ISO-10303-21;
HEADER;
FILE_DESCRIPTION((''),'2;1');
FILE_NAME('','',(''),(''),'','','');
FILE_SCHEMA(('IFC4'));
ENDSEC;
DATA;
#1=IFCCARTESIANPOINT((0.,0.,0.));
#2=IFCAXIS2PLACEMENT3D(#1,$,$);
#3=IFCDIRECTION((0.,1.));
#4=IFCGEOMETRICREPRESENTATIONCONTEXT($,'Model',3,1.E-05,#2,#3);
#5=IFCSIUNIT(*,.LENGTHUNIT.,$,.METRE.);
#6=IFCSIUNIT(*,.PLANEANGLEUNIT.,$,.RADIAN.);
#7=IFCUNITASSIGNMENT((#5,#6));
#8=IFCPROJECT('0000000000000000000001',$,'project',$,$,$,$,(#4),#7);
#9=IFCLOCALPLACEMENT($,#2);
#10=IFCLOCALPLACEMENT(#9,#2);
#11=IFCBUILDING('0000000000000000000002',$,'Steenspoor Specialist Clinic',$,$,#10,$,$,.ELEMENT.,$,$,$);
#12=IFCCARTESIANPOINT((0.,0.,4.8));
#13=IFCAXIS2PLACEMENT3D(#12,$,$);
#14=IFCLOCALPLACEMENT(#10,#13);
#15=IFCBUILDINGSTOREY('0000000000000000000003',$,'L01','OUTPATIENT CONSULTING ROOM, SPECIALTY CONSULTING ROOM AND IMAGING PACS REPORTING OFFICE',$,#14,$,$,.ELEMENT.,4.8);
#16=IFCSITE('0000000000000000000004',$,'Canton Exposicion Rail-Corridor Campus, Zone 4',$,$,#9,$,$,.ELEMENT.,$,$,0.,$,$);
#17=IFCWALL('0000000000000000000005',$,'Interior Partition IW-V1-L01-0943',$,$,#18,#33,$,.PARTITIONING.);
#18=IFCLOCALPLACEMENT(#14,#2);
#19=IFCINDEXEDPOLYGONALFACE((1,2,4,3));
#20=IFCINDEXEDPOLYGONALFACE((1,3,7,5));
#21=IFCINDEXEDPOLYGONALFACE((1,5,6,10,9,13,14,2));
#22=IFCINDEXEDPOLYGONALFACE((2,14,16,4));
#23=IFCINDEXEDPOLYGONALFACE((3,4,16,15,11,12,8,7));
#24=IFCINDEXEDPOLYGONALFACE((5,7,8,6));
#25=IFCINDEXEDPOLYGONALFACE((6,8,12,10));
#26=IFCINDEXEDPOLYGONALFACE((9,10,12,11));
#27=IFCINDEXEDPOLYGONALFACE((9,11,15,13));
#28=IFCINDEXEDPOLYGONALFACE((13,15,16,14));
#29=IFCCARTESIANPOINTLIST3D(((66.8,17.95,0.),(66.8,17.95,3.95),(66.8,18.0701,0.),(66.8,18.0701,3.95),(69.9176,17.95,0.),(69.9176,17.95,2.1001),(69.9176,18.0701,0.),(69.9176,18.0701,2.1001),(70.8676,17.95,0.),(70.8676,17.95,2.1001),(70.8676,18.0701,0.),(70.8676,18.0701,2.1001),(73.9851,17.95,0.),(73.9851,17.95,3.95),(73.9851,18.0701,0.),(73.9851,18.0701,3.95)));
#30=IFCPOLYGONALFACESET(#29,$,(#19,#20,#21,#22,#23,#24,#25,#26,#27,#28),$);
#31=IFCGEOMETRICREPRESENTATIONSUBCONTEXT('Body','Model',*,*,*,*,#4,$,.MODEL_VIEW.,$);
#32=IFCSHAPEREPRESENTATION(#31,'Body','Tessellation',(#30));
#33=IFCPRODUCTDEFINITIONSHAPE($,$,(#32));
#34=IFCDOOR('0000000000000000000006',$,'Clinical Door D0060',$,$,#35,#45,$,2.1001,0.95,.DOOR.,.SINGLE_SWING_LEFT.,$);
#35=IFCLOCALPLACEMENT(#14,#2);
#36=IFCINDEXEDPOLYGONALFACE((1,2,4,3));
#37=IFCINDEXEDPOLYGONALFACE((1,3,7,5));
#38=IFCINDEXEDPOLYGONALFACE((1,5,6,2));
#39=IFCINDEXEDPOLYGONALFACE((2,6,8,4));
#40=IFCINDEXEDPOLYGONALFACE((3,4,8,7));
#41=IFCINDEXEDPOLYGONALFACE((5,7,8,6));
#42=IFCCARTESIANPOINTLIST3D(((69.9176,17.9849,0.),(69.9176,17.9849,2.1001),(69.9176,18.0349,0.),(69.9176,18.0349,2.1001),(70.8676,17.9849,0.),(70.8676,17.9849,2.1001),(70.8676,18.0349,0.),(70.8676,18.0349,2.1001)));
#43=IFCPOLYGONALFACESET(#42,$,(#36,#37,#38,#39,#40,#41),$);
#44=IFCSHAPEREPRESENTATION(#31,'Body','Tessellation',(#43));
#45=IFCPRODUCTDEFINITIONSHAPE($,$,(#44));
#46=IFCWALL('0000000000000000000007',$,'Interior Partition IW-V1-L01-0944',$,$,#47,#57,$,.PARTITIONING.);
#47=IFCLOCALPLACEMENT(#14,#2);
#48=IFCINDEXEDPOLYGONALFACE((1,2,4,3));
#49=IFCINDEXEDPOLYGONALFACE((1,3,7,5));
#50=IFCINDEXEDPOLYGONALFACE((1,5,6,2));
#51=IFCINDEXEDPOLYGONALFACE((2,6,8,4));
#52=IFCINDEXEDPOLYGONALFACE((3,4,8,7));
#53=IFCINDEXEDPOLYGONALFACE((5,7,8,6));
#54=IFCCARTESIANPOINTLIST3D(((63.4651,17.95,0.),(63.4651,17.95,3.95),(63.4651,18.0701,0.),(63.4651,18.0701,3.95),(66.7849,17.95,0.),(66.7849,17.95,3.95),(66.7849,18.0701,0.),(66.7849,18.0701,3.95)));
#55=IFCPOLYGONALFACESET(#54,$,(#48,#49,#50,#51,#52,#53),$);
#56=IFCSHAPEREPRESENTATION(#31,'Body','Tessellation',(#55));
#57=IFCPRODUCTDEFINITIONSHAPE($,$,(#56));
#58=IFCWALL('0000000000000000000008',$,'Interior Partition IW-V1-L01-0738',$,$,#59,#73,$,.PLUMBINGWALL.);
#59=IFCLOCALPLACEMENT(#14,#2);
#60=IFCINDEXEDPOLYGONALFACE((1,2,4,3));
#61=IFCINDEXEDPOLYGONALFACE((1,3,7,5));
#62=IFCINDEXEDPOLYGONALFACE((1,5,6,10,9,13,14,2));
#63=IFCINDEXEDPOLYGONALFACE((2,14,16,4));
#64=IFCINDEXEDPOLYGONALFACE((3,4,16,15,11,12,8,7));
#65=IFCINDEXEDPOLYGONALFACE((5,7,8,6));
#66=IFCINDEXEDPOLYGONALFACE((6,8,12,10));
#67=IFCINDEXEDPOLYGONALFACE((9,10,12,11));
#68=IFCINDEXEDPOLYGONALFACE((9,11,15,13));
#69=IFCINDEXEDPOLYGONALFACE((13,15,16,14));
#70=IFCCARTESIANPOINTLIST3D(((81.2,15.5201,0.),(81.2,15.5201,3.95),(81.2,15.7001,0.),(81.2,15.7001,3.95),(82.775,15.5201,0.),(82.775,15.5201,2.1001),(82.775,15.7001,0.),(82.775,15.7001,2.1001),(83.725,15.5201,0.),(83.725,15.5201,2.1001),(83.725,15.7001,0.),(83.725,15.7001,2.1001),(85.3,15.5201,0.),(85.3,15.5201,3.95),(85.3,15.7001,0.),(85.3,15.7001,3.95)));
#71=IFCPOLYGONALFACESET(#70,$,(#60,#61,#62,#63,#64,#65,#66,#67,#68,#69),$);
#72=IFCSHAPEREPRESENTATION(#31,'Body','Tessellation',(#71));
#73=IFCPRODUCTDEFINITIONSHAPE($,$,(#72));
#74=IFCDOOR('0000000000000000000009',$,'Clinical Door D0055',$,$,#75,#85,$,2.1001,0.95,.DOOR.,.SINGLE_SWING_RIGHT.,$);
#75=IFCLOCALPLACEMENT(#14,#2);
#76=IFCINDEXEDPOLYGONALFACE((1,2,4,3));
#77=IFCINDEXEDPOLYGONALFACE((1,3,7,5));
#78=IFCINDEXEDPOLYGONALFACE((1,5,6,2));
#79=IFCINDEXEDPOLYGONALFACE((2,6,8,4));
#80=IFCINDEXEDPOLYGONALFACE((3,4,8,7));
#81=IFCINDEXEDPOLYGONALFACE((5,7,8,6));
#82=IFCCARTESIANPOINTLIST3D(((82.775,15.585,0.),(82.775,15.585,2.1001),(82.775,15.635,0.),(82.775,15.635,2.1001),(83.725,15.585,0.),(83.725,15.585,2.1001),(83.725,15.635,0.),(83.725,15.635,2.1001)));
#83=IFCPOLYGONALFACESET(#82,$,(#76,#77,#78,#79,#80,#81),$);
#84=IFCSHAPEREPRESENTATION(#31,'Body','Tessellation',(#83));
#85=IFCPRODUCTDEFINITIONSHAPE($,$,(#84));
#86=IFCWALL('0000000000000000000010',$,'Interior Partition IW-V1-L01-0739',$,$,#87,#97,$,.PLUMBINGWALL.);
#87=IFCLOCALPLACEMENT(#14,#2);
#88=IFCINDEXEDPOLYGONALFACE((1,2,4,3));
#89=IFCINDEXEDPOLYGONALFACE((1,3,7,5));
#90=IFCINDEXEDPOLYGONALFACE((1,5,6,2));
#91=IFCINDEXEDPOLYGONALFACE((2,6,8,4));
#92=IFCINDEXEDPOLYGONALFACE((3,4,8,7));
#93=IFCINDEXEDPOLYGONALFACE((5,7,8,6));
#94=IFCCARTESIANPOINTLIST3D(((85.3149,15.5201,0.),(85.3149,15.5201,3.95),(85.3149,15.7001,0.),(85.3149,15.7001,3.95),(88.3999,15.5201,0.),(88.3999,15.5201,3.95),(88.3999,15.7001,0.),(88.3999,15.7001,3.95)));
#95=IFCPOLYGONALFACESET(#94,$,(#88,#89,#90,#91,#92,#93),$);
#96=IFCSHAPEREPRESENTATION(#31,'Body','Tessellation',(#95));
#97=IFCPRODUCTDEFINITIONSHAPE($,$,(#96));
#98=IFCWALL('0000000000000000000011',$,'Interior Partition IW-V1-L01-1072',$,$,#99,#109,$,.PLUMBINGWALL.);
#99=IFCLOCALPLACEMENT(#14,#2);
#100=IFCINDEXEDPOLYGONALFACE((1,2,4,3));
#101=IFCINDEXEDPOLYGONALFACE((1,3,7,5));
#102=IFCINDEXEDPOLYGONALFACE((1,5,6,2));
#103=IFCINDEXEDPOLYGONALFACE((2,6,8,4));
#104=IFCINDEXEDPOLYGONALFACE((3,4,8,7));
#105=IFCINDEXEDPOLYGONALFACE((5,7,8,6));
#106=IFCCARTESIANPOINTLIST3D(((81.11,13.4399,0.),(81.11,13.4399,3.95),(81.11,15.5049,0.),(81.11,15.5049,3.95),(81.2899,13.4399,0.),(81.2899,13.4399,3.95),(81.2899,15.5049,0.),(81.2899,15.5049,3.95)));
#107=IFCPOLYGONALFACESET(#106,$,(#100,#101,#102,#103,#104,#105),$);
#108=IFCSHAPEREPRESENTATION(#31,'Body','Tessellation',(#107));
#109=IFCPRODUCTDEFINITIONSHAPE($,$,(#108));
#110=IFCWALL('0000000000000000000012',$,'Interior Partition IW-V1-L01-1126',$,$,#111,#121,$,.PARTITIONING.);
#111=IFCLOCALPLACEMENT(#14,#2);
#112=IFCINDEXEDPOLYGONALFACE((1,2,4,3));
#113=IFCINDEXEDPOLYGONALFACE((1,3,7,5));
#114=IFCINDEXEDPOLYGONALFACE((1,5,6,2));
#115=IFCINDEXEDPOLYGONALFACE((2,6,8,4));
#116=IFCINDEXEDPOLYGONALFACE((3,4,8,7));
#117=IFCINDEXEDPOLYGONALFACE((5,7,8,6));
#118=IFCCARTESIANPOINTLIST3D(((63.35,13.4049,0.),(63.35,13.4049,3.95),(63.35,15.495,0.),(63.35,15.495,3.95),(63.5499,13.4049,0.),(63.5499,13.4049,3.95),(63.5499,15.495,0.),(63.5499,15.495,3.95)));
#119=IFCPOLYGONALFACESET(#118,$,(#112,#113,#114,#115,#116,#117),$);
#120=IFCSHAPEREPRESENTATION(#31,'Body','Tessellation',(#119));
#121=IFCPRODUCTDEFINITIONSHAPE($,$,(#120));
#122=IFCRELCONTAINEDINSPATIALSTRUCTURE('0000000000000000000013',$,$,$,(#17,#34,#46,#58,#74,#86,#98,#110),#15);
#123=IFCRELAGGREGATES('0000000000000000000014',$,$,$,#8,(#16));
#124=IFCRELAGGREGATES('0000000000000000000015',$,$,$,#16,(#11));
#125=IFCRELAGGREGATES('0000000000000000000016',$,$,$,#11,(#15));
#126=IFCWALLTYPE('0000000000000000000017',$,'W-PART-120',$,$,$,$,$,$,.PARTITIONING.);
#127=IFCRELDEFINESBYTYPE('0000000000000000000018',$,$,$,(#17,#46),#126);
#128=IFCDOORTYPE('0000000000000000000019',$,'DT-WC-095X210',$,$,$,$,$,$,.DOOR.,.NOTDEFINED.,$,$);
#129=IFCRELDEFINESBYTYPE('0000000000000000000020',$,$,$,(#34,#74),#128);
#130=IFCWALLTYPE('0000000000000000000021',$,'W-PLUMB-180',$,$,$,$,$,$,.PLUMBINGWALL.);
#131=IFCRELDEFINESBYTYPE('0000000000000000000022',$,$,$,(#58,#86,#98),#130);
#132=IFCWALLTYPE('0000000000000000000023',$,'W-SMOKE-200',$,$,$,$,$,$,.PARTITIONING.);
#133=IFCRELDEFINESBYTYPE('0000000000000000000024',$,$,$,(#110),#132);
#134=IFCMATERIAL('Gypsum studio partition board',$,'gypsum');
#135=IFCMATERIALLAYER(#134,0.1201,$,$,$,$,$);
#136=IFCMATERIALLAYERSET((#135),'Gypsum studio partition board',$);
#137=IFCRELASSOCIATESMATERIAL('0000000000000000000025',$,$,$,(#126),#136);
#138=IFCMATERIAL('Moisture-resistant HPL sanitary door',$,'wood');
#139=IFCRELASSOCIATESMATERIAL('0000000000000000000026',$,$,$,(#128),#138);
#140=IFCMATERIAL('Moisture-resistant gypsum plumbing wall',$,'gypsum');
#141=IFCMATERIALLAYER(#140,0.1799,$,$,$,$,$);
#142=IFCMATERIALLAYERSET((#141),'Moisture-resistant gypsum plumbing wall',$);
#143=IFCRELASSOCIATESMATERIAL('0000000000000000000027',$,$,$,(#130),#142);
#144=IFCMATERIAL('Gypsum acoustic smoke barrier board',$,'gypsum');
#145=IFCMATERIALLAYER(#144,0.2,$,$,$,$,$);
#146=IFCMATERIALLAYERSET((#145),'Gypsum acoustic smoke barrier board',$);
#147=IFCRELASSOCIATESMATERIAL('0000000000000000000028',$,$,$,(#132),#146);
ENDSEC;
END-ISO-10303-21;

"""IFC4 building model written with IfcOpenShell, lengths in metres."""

from ifc_helpers import new_model, si_unit, direction, frame, frame_2d, origin, place, context, subcontext, project, spatial, rectangle, extrude, material, layer, layer_set, type_object, element, fill, save


model = new_model("IFC4")

# Units and contexts
model_context = context("Model", 3, precision=1e-05, world=origin(), true_north=direction((0.0, 1.0)))
body_context = subcontext(model_context, "Body", "Model", "MODEL_VIEW")
ifc_project = project(units=[si_unit("LENGTHUNIT", "METRE"), si_unit("PLANEANGLEUNIT", "RADIAN")], contexts=[model_context])

# Site, building, storey
site_placement = place(None, origin())
site = spatial("IfcSite", under=ifc_project, at=site_placement, Name="Canton Exposicion Rail-Corridor Campus, Zone 4", CompositionType="ELEMENT", RefElevation=0.0)
building_placement = place(site_placement, origin())
building = spatial("IfcBuilding", under=site, at=building_placement, Name="Steenspoor Specialist Clinic", CompositionType="ELEMENT")
storey_placement = place(building_placement, frame((0.0, 0.0, 4.8)))
storey = spatial("IfcBuildingStorey", under=building, at=storey_placement, Name="L01", Description="OUTPATIENT CONSULTING ROOM, SPECIALTY CONSULTING ROOM AND IMAGING PACS REPORTING OFFICE", CompositionType="ELEMENT", Elevation=4.8)

# Shared definitions
ifc_material_1 = material(Name="Gypsum studio partition board", Category="gypsum")
ifc_layer_1 = layer(ifc_material_1, 0.1201)
ifc_layer_set_1 = layer_set([ifc_layer_1], Name="Gypsum studio partition board")
wall_type_1 = type_object("IfcWallType", Name="W-PART-120", PredefinedType="PARTITIONING", material=ifc_layer_set_1)
ifc_material_2 = material(Name="Moisture-resistant HPL sanitary door", Category="wood")
door_type_1 = type_object("IfcDoorType", Name="DT-WC-095X210", OperationType="NOTDEFINED", PredefinedType="DOOR", material=ifc_material_2)

# Wall, opening, door
wall_1_placement = place(storey_placement, frame((66.8, 18.01, 0.0), z_axis=(0.0, 0.0, 1.0), x_axis=(1.0, 0.0, 0.0)))
wall_1 = element("IfcWall", 1, at=wall_1_placement, inside=storey, type_object=wall_type_1, Name="Interior Partition IW-V1-L01-0943", PredefinedType="PARTITIONING", context=body_context, shape_type="SweptSolid", body=[
    extrude(rectangle(XDim=7.1851, YDim=0.1201, at=frame_2d((3.5925, 0.0))), origin(), (0.0, 0.0, 1.0), 3.95),
])
opening_1_placement = place(wall_1_placement, frame((3.1174, 0.0, 0.0)))
opening_1 = element("IfcOpeningElement", 2, at=opening_1_placement, cuts=wall_1, PredefinedType="OPENING", context=body_context, shape_type="SweptSolid", body=[
    extrude(rectangle(XDim=0.95, YDim=2.1001, at=frame_2d((0.4751, 1.05))), frame((0.0, 0.0701, 0.0), z_axis=(0.0, -1.0, 0.0), x_axis=(1.0, 0.0, 0.0)), (0.0, 0.0, 1.0), 0.1401),
])
door_1_placement = place(opening_1_placement, origin())
door_1 = element("IfcDoor", 3, at=door_1_placement, inside=storey, type_object=door_type_1, Name="Clinical Door D0060", OperationType="SINGLE_SWING_LEFT", OverallHeight=2.1001, OverallWidth=0.95, PredefinedType="DOOR", context=body_context, shape_type="SweptSolid", body=[
    extrude(rectangle(XDim=0.95, YDim=2.1001, at=frame_2d((0.4751, 1.05))), frame((0.0, 0.0249, 0.0), z_axis=(0.0, -1.0, 0.0), x_axis=(1.0, 0.0, 0.0)), (0.0, 0.0, 1.0), 0.05),
])
fill(opening_1, door_1)

# Wall
wall_2_placement = place(storey_placement, frame((63.4651, 18.01, 0.0), z_axis=(0.0, 0.0, 1.0), x_axis=(1.0, 0.0, 0.0)))
element("IfcWall", 4, at=wall_2_placement, inside=storey, type_object=wall_type_1, Name="Interior Partition IW-V1-L01-0944", PredefinedType="PARTITIONING", context=body_context, shape_type="SweptSolid", body=[
    extrude(rectangle(XDim=3.3198, YDim=0.1201, at=frame_2d((1.6599, 0.0))), origin(), (0.0, 0.0, 1.0), 3.95),
])

# Wall, opening, door
ifc_material_3 = material(Name="Moisture-resistant gypsum plumbing wall", Category="gypsum")
ifc_layer_2 = layer(ifc_material_3, 0.1799)
ifc_layer_set_2 = layer_set([ifc_layer_2], Name="Moisture-resistant gypsum plumbing wall")
wall_type_2 = type_object("IfcWallType", Name="W-PLUMB-180", PredefinedType="PLUMBINGWALL", material=ifc_layer_set_2)
wall_3_placement = place(storey_placement, frame((81.2, 15.6101, 0.0), z_axis=(0.0, 0.0, 1.0), x_axis=(1.0, 0.0, 0.0)))
wall_3 = element("IfcWall", 5, at=wall_3_placement, inside=storey, type_object=wall_type_2, Name="Interior Partition IW-V1-L01-0738", PredefinedType="PLUMBINGWALL", context=body_context, shape_type="SweptSolid", body=[
    extrude(rectangle(XDim=4.1001, YDim=0.1799, at=frame_2d((2.05, 0.0))), origin(), (0.0, 0.0, 1.0), 3.95),
])
opening_2_placement = place(wall_3_placement, frame((1.575, 0.0, 0.0)))
opening_2 = element("IfcOpeningElement", 6, at=opening_2_placement, cuts=wall_3, PredefinedType="OPENING", context=body_context, shape_type="SweptSolid", body=[
    extrude(rectangle(XDim=0.95, YDim=2.1001, at=frame_2d((0.4751, 1.05))), frame((0.0, 0.1001, 0.0), z_axis=(0.0, -1.0, 0.0), x_axis=(1.0, 0.0, 0.0)), (0.0, 0.0, 1.0), 0.2),
])
door_2_placement = place(opening_2_placement, origin())
door_2 = element("IfcDoor", 7, at=door_2_placement, inside=storey, type_object=door_type_1, Name="Clinical Door D0055", OperationType="SINGLE_SWING_RIGHT", OverallHeight=2.1001, OverallWidth=0.95, PredefinedType="DOOR", context=body_context, shape_type="SweptSolid", body=[
    extrude(rectangle(XDim=0.95, YDim=2.1001, at=frame_2d((0.4751, 1.05))), frame((0.0, 0.0249, 0.0), z_axis=(0.0, -1.0, 0.0), x_axis=(1.0, 0.0, 0.0)), (0.0, 0.0, 1.0), 0.05),
])
fill(opening_2, door_2)

# Walls
wall_4_placement = place(storey_placement, frame((85.3149, 15.6101, 0.0), z_axis=(0.0, 0.0, 1.0), x_axis=(1.0, 0.0, 0.0)))
element("IfcWall", 8, at=wall_4_placement, inside=storey, type_object=wall_type_2, Name="Interior Partition IW-V1-L01-0739", PredefinedType="PLUMBINGWALL", context=body_context, shape_type="SweptSolid", body=[
    extrude(rectangle(XDim=3.085, YDim=0.1799, at=frame_2d((1.5425, 0.0))), origin(), (0.0, 0.0, 1.0), 3.95),
])
wall_5_placement = place(storey_placement, frame((81.2, 13.4399, 0.0), z_axis=(0.0, 0.0, 1.0), x_axis=(0.0, 1.0, 0.0)))
element("IfcWall", 9, at=wall_5_placement, inside=storey, type_object=wall_type_2, Name="Interior Partition IW-V1-L01-1072", PredefinedType="PLUMBINGWALL", context=body_context, shape_type="SweptSolid", body=[
    extrude(rectangle(XDim=2.0649, YDim=0.1799, at=frame_2d((1.0325, 0.0))), origin(), (0.0, 0.0, 1.0), 3.95),
])
ifc_material_4 = material(Name="Gypsum acoustic smoke barrier board", Category="gypsum")
ifc_layer_3 = layer(ifc_material_4, 0.2)
ifc_layer_set_3 = layer_set([ifc_layer_3], Name="Gypsum acoustic smoke barrier board")
wall_type_3 = type_object("IfcWallType", Name="W-SMOKE-200", PredefinedType="PARTITIONING", material=ifc_layer_set_3)
wall_6_placement = place(storey_placement, frame((63.45, 13.405, 0.0), z_axis=(0.0, 0.0, 1.0), x_axis=(0.0, 1.0, 0.0)))
element("IfcWall", 10, at=wall_6_placement, inside=storey, type_object=wall_type_3, Name="Interior Partition IW-V1-L01-1126", PredefinedType="PARTITIONING", context=body_context, shape_type="SweptSolid", body=[
    extrude(rectangle(XDim=2.0901, YDim=0.2, at=frame_2d((1.0449, 0.0))), origin(), (0.0, 0.0, 1.0), 3.95),
])

save(model, "model.ifc")
